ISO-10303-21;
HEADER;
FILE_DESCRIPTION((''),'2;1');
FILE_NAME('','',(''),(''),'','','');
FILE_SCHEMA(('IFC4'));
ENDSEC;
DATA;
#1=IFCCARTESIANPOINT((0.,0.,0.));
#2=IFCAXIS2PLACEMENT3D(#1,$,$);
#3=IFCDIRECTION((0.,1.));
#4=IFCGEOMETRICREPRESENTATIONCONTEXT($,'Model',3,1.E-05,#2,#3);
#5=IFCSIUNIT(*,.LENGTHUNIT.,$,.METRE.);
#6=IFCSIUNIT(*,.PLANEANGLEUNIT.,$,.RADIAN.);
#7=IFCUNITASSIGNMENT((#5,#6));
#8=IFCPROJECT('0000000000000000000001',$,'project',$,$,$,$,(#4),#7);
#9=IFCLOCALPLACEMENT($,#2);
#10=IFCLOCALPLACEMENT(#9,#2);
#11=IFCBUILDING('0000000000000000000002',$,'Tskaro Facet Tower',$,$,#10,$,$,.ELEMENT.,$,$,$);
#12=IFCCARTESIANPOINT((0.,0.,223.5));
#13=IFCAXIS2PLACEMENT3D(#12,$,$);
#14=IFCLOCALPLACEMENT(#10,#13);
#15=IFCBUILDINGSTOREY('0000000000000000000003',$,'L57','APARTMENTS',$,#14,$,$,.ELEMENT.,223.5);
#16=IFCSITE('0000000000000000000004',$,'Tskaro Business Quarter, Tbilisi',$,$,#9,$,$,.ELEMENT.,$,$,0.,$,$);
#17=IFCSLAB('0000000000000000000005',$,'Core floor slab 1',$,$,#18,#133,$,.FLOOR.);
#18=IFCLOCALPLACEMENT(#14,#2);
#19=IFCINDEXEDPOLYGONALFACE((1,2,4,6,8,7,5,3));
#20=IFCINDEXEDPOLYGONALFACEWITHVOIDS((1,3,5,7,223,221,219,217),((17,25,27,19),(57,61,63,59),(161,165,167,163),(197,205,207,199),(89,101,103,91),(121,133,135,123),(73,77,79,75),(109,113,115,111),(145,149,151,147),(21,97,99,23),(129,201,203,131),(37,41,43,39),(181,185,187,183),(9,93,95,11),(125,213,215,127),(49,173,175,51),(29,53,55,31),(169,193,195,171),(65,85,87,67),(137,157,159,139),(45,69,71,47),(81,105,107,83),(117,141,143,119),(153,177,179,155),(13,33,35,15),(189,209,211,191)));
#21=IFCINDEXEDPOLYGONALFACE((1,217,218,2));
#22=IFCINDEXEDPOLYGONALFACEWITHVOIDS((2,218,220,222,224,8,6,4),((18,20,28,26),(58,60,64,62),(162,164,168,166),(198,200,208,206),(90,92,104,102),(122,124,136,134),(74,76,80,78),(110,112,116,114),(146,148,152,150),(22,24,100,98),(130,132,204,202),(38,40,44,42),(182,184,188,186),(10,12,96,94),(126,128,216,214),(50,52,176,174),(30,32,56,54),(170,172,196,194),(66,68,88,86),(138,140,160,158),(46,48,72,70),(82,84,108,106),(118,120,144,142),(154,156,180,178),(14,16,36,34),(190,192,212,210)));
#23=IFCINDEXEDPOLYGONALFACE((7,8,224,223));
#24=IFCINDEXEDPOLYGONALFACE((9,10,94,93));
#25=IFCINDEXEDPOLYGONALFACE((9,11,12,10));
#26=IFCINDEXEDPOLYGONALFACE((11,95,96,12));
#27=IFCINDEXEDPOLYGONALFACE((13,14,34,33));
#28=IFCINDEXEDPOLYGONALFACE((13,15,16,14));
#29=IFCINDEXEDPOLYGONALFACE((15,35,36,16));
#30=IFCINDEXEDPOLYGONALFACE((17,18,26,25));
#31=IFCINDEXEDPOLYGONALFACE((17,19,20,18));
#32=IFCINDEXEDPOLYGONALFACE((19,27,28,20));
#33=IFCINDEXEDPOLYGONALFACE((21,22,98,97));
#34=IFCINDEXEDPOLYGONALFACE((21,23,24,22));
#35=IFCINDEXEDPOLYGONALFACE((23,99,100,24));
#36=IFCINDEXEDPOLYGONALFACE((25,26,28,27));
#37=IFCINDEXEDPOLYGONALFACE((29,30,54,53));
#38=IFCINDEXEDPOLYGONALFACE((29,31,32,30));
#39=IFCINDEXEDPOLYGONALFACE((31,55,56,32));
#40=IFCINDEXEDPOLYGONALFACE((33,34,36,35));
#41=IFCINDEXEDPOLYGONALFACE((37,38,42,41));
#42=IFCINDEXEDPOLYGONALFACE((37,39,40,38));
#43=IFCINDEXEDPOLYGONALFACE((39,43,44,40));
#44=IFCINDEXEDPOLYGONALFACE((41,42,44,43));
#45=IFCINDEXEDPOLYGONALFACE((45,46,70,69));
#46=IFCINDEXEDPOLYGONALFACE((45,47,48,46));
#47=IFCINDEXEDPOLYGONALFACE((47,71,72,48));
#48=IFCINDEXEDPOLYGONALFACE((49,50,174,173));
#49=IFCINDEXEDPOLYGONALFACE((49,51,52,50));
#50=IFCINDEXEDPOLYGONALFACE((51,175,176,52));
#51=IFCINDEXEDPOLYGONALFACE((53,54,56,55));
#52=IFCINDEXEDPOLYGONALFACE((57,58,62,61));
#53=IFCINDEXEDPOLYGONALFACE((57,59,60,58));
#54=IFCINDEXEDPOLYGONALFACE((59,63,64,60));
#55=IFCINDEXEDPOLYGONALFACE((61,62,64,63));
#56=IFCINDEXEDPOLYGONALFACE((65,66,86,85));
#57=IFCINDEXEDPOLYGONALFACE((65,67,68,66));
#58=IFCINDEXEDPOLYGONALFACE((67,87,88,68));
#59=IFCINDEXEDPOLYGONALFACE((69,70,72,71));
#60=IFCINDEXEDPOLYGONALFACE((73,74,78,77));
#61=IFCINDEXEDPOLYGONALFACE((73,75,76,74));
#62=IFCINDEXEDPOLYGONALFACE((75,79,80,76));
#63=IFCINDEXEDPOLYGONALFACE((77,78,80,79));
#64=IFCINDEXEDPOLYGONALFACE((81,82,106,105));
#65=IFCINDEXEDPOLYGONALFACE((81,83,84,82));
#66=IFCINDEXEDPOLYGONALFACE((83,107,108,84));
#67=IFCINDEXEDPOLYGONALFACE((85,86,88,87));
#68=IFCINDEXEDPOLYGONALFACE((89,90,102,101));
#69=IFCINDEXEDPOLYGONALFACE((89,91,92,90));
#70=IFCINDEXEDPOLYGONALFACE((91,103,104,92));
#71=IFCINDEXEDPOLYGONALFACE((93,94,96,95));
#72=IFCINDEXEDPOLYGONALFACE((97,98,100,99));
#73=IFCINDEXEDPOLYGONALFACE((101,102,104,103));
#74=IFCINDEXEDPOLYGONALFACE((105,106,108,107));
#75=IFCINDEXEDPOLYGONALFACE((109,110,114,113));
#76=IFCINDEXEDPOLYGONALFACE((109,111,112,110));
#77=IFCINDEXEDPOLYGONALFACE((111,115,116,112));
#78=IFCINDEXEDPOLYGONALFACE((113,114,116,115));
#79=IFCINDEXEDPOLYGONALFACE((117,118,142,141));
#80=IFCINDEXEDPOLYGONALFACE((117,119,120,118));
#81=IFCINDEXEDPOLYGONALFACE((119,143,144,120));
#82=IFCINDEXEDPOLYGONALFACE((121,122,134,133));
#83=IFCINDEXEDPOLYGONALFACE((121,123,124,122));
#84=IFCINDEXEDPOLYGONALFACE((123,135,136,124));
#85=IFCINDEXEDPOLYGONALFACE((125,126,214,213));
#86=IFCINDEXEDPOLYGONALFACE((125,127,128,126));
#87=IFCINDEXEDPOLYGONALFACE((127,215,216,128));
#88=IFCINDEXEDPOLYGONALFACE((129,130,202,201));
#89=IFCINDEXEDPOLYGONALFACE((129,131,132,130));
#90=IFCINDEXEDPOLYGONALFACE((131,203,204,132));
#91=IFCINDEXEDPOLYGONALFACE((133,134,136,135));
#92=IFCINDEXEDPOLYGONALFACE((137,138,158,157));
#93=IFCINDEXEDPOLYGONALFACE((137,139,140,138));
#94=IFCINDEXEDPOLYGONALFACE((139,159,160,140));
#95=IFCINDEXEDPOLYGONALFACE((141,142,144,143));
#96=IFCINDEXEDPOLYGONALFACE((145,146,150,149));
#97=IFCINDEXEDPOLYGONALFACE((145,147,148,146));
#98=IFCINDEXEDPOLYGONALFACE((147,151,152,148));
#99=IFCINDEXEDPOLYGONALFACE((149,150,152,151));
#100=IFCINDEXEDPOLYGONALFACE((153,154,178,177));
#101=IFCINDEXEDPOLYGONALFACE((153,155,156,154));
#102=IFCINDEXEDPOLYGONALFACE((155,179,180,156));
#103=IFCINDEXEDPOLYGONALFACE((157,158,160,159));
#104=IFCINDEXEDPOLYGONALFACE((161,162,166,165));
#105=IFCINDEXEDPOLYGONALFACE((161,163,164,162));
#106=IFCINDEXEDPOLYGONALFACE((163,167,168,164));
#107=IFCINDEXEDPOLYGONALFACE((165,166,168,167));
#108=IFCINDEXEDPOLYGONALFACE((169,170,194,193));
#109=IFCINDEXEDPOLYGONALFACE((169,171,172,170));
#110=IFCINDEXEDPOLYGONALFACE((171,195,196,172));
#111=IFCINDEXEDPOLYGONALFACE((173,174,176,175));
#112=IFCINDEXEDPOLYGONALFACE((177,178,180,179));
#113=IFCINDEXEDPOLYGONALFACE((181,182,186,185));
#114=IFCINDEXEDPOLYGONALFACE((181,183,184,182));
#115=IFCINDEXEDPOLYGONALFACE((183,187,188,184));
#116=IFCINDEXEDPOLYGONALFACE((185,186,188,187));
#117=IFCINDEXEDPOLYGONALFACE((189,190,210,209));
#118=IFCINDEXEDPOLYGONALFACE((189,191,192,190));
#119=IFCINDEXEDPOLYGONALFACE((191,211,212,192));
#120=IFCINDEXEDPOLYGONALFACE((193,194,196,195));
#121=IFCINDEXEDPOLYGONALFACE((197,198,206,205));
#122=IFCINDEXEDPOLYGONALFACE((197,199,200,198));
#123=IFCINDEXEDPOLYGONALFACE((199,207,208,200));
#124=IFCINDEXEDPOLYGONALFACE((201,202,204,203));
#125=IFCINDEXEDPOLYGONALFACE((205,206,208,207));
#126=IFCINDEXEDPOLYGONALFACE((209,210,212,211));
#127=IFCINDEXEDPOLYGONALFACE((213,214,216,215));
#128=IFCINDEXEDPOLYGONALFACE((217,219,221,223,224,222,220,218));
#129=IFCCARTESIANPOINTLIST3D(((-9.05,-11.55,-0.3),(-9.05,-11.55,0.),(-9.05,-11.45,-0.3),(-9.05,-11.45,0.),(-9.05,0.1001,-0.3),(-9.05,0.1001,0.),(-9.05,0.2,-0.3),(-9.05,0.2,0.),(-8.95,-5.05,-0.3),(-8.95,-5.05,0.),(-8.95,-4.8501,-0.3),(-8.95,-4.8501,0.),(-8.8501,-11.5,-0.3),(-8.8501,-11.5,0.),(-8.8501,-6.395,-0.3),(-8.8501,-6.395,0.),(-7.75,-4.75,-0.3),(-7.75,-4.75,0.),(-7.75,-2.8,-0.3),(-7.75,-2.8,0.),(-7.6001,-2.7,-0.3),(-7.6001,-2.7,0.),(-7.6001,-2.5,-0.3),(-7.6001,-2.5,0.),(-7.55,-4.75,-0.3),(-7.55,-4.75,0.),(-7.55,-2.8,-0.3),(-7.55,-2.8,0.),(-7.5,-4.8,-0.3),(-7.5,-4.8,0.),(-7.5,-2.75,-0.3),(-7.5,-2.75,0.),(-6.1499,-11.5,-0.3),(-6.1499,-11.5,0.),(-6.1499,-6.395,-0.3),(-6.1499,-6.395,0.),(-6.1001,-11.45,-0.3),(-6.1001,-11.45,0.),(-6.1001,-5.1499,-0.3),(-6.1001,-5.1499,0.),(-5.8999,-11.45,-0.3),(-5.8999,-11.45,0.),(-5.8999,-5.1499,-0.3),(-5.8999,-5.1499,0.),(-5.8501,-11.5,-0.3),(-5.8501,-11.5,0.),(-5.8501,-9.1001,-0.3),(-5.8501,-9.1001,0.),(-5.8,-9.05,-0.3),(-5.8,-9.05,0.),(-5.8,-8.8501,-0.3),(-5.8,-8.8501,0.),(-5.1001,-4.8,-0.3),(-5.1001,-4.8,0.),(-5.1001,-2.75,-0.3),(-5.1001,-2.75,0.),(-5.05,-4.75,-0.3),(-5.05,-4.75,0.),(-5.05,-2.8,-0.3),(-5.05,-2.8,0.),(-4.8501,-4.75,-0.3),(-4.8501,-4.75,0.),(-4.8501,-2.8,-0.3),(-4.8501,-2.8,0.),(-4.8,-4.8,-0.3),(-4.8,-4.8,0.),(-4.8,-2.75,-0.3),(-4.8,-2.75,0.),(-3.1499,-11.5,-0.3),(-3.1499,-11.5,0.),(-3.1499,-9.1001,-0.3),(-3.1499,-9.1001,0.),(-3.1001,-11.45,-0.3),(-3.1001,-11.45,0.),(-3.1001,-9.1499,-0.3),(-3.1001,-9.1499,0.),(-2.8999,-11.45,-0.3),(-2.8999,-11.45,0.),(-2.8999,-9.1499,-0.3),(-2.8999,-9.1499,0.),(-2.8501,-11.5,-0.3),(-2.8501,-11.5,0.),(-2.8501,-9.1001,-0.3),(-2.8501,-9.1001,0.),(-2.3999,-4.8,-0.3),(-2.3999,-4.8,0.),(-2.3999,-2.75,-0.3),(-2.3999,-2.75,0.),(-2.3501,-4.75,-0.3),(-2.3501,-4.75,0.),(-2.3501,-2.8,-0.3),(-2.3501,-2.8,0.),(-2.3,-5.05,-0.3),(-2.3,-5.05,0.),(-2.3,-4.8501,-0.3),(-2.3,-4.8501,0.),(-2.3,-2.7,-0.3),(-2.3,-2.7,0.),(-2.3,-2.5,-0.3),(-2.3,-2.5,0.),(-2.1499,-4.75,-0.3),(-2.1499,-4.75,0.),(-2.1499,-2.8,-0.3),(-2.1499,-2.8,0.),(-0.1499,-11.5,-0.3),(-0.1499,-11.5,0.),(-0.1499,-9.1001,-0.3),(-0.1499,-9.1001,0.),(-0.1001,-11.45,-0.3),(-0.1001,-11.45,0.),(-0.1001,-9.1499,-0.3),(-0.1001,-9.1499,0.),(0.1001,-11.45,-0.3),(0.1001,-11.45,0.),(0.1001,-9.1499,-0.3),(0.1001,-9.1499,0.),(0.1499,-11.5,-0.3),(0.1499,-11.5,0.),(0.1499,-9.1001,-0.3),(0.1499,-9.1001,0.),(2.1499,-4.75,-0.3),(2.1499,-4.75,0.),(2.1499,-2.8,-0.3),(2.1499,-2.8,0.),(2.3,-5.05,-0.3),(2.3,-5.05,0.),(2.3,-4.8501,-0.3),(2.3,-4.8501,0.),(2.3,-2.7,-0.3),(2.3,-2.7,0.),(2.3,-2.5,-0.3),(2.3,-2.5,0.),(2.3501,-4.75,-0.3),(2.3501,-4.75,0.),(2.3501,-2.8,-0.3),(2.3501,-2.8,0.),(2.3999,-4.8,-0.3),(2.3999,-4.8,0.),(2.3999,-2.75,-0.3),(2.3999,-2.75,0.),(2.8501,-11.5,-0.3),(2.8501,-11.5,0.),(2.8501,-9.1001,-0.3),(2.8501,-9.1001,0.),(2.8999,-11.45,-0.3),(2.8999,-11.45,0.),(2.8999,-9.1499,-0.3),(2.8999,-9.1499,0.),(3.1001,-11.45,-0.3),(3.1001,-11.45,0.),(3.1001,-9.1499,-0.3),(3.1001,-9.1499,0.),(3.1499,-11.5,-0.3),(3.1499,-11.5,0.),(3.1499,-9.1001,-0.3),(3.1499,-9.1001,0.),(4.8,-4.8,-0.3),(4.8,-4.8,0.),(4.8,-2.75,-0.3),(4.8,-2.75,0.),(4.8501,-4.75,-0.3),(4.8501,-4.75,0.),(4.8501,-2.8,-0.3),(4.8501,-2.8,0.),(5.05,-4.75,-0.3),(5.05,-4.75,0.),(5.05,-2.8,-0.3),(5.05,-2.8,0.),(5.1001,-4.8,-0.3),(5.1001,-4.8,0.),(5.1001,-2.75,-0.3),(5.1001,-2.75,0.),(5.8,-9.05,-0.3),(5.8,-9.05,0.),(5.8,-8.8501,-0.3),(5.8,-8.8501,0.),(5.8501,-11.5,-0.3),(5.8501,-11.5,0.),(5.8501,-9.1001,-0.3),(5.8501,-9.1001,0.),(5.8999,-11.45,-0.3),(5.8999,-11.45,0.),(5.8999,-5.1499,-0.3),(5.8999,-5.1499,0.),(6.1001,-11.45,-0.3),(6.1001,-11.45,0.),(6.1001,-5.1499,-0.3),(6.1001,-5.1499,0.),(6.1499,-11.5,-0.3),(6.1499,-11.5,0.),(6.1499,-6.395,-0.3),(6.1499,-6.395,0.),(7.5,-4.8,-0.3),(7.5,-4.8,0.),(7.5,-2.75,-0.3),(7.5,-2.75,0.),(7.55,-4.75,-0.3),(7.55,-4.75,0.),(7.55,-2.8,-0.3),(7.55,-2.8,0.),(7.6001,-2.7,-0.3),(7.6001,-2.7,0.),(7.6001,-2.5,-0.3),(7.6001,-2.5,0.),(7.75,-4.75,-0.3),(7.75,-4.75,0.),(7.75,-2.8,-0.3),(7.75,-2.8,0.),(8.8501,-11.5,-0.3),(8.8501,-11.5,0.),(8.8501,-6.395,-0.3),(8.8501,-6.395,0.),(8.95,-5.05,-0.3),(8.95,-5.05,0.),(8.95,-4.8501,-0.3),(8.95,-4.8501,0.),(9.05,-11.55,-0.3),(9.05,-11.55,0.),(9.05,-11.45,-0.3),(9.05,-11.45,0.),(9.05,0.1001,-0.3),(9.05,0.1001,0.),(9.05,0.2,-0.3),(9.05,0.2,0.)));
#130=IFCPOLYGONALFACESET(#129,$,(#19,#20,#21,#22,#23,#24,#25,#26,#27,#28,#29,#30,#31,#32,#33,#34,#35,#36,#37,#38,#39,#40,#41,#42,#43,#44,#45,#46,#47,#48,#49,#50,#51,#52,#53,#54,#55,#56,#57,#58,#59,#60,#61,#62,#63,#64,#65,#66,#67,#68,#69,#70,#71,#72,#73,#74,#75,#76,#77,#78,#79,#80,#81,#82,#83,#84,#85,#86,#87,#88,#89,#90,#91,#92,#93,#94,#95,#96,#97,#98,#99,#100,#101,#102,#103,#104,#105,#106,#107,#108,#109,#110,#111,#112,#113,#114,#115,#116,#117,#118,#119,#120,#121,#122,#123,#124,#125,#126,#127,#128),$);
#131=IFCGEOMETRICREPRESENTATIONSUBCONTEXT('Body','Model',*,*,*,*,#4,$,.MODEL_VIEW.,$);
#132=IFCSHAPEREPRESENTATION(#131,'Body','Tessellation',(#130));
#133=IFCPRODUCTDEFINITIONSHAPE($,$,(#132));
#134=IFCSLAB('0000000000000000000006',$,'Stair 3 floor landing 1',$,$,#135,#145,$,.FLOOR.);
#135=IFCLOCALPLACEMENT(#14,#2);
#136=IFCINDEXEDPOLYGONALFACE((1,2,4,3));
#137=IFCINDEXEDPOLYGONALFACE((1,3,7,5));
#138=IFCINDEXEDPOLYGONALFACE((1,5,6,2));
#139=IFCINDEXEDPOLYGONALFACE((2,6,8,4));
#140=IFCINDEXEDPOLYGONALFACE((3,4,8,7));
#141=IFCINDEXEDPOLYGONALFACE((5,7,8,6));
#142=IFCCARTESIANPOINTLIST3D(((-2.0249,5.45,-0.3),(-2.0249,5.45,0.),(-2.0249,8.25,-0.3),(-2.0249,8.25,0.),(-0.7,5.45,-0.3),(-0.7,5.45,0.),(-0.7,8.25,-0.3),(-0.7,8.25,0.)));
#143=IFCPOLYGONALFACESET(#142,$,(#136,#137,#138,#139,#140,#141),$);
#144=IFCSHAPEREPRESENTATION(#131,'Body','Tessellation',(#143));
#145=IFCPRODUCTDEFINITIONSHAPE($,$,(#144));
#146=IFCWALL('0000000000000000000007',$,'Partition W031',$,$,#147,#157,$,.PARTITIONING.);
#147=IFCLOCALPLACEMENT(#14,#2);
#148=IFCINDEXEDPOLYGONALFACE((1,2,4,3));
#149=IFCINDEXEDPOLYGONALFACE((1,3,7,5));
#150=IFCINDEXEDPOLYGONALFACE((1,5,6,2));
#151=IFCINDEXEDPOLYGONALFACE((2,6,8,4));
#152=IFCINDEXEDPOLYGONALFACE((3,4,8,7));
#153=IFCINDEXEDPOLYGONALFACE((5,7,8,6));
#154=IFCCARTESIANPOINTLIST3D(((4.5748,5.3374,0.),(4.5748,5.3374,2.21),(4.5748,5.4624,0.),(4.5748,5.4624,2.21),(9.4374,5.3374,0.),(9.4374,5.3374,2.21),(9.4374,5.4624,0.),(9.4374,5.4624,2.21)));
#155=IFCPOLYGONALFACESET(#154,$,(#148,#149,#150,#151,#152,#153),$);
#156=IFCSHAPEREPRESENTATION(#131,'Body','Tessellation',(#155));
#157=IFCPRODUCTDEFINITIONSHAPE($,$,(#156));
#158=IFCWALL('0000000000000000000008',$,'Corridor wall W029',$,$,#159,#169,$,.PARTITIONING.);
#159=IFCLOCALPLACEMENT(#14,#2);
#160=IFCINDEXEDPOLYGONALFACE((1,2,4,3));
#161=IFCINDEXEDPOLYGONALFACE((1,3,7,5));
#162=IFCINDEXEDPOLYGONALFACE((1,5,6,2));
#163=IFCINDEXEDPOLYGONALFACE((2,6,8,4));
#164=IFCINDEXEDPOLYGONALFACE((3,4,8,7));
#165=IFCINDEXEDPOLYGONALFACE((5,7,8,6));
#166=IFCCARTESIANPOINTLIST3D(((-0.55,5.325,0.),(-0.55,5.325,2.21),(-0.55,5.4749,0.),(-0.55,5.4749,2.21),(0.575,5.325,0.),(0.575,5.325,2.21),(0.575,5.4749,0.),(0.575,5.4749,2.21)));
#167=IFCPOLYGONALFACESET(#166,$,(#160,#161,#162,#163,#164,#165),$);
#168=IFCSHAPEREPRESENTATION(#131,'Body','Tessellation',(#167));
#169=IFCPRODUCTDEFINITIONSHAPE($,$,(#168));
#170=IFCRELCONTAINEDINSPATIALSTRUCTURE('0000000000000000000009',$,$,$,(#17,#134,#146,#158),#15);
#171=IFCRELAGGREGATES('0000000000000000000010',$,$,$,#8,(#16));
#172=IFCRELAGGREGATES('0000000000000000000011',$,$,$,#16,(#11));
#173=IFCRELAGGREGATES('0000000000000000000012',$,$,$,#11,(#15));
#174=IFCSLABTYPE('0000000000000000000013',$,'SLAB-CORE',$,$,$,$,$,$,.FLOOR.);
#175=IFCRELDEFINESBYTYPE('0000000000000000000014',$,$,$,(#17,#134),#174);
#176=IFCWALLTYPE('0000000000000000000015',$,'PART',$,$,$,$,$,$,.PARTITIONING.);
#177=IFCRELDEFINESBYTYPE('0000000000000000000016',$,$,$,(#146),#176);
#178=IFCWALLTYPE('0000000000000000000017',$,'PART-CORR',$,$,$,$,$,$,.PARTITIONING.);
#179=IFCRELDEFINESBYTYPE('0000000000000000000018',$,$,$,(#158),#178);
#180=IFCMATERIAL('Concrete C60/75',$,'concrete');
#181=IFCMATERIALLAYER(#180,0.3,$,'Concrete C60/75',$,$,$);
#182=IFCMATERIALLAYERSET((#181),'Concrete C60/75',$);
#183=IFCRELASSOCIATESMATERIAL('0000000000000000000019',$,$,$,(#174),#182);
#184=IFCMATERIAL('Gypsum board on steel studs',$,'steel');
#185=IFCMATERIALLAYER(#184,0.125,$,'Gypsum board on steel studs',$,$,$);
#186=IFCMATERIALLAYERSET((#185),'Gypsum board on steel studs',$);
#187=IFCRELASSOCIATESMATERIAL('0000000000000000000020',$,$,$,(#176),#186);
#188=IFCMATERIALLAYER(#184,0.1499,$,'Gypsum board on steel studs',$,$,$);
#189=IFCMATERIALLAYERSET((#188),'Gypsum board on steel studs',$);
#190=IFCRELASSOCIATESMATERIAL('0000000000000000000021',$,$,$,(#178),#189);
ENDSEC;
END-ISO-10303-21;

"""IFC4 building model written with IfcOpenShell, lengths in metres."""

from ifc_helpers import new_model, si_unit, direction, frame, frame_2d, origin, place, context, subcontext, project, spatial, polyline, rectangle, outline, extrude, material, layer, layer_set, type_object, element, save


model = new_model("IFC4")

# Units and contexts
model_context = context("Model", 3, precision=1e-05, world=origin(), true_north=direction((0.0, 1.0)))
body_context = subcontext(model_context, "Body", "Model", "MODEL_VIEW")
ifc_project = project(units=[si_unit("LENGTHUNIT", "METRE"), si_unit("PLANEANGLEUNIT", "RADIAN")], contexts=[model_context])

# Site, building, storey
site_placement = place(None, origin())
site = spatial("IfcSite", under=ifc_project, at=site_placement, Name="Tskaro Business Quarter, Tbilisi", CompositionType="ELEMENT", RefElevation=0.0)
building_placement = place(site_placement, origin())
building = spatial("IfcBuilding", under=site, at=building_placement, Name="Tskaro Facet Tower", CompositionType="ELEMENT")
storey_placement = place(building_placement, frame((0.0, 0.0, 223.5)))
storey = spatial("IfcBuildingStorey", under=building, at=storey_placement, Name="L57", Description="APARTMENTS", CompositionType="ELEMENT", Elevation=223.5)

# Slabs
ifc_material_1 = material(Name="Concrete C60/75", Category="concrete")
ifc_layer_1 = layer(ifc_material_1, 0.3, Name="Concrete C60/75")
ifc_layer_set_1 = layer_set([ifc_layer_1], Name="Concrete C60/75")
slab_type_1 = type_object("IfcSlabType", Name="SLAB-CORE", PredefinedType="FLOOR", material=ifc_layer_set_1)
slab_1_placement = place(storey_placement, frame((0.0, 0.0, -0.3)))
element("IfcSlab", 1, at=slab_1_placement, inside=storey, type_object=slab_type_1, Name="Core floor slab 1", PredefinedType="FLOOR", context=body_context, shape_type="SweptSolid", body=[
    extrude(outline(polyline([(-9.05, 0.2), (9.05, 0.2), (9.05, 0.1001), (9.05, -11.45), (9.05, -11.55), (-9.05, -11.55), (-9.05, -11.45), (-9.05, 0.1001), (-9.05, 0.2)]), holes=[polyline([(-5.8501, -9.1001), (-5.8501, -11.5), (-3.1499, -11.5), (-3.1499, -9.1001), (-5.8501, -9.1001)]), polyline([(-3.1001, -11.45), (-2.8999, -11.45), (-2.8999, -9.1499), (-3.1001, -9.1499), (-3.1001, -11.45)]), polyline([(-2.8501, -9.1001), (-2.8501, -11.5), (-0.1499, -11.5), (-0.1499, -9.1001), (-2.8501, -9.1001)]), polyline([(-6.1001, -11.45), (-5.8999, -11.45), (-5.8999, -5.1499), (-6.1001, -5.1499), (-6.1001, -11.45)]), polyline([(-8.95, -5.05), (-2.3, -5.05), (-2.3, -4.8501), (-8.95, -4.8501), (-8.95, -5.05)]), polyline([(-7.75, -4.75), (-7.55, -4.75), (-7.55, -2.8), (-7.75, -2.8), (-7.75, -4.75)]), polyline([(-5.1001, -2.75), (-7.5, -2.75), (-7.5, -4.8), (-5.1001, -4.8), (-5.1001, -2.75)]), polyline([(-5.05, -4.75), (-4.8501, -4.75), (-4.8501, -2.8), (-5.05, -2.8), (-5.05, -4.75)]), polyline([(-2.3999, -4.8), (-2.3999, -2.75), (-4.8, -2.75), (-4.8, -4.8), (-2.3999, -4.8)]), polyline([(-2.3501, -4.75), (-2.1499, -4.75), (-2.1499, -2.8), (-2.3501, -2.8), (-2.3501, -4.75)]), polyline([(-7.6001, -2.7), (-2.3, -2.7), (-2.3, -2.5), (-7.6001, -2.5), (-7.6001, -2.7)]), polyline([(-0.1001, -11.45), (0.1001, -11.45), (0.1001, -9.1499), (-0.1001, -9.1499), (-0.1001, -11.45)]), polyline([(0.1499, -9.1001), (0.1499, -11.5), (2.8501, -11.5), (2.8501, -9.1001), (0.1499, -9.1001)]), polyline([(2.8999, -11.45), (3.1001, -11.45), (3.1001, -9.1499), (2.8999, -9.1499), (2.8999, -11.45)]), polyline([(3.1499, -9.1001), (3.1499, -11.5), (5.8501, -11.5), (5.8501, -9.1001), (3.1499, -9.1001)]), polyline([(-5.8, -9.05), (5.8, -9.05), (5.8, -8.8501), (-5.8, -8.8501), (-5.8, -9.05)]), polyline([(5.8999, -11.45), (6.1001, -11.45), (6.1001, -5.1499), (5.8999, -5.1499), (5.8999, -11.45)]), polyline([(2.3, -5.05), (8.95, -5.05), (8.95, -4.8501), (2.3, -4.8501), (2.3, -5.05)]), polyline([(2.1499, -4.75), (2.3501, -4.75), (2.3501, -2.8), (2.1499, -2.8), (2.1499, -4.75)]), polyline([(2.3999, -2.75), (2.3999, -4.8), (4.8, -4.8), (4.8, -2.75), (2.3999, -2.75)]), polyline([(4.8501, -4.75), (5.05, -4.75), (5.05, -2.8), (4.8501, -2.8), (4.8501, -4.75)]), polyline([(7.5, -4.8), (7.5, -2.75), (5.1001, -2.75), (5.1001, -4.8), (7.5, -4.8)]), polyline([(7.55, -4.75), (7.75, -4.75), (7.75, -2.8), (7.55, -2.8), (7.55, -4.75)]), polyline([(2.3, -2.7), (7.6001, -2.7), (7.6001, -2.5), (2.3, -2.5), (2.3, -2.7)]), polyline([(-8.8501, -11.5), (-6.1499, -11.5), (-6.1499, -6.395), (-8.8501, -6.395), (-8.8501, -11.5)]), polyline([(6.1499, -6.395), (6.1499, -11.5), (8.8501, -11.5), (8.8501, -6.395), (6.1499, -6.395)])]), origin(), (0.0, 0.0, 1.0), 0.3),
])
slab_2_placement = place(storey_placement, frame((0.0, 0.0, -0.3)))
element("IfcSlab", 2, at=slab_2_placement, inside=storey, type_object=slab_type_1, Name="Stair 3 floor landing 1", PredefinedType="FLOOR", context=body_context, shape_type="SweptSolid", body=[
    extrude(outline(polyline([(-2.0249, 5.45), (-0.7, 5.45), (-0.7, 8.25), (-2.0249, 8.25), (-2.0249, 5.45)])), origin(), (0.0, 0.0, 1.0), 0.3),
])

# Walls
ifc_material_2 = material(Name="Gypsum board on steel studs", Category="steel")
ifc_layer_2 = layer(ifc_material_2, 0.125, Name="Gypsum board on steel studs")
ifc_layer_set_2 = layer_set([ifc_layer_2], Name="Gypsum board on steel studs")
wall_type_1 = type_object("IfcWallType", Name="PART", PredefinedType="PARTITIONING", material=ifc_layer_set_2)
wall_1_placement = place(storey_placement, frame((4.575, 5.3999, 0.0), z_axis=(0.0, 0.0, 1.0), x_axis=(1.0, 0.0, 0.0)))
element("IfcWall", 3, at=wall_1_placement, inside=storey, type_object=wall_type_1, Name="Partition W031", PredefinedType="PARTITIONING", context=body_context, shape_type="SweptSolid", body=[
    extrude(rectangle(XDim=4.8625, YDim=0.125, at=frame_2d((2.4312, 0.0))), origin(), (0.0, 0.0, 1.0), 2.21),
])
ifc_layer_3 = layer(ifc_material_2, 0.1499, Name="Gypsum board on steel studs")
ifc_layer_set_3 = layer_set([ifc_layer_3], Name="Gypsum board on steel studs")
wall_type_2 = type_object("IfcWallType", Name="PART-CORR", PredefinedType="PARTITIONING", material=ifc_layer_set_3)
wall_2_placement = place(storey_placement, frame((-0.55, 5.3999, 0.0), z_axis=(0.0, 0.0, 1.0), x_axis=(1.0, 0.0, 0.0)))
element("IfcWall", 4, at=wall_2_placement, inside=storey, type_object=wall_type_2, Name="Corridor wall W029", PredefinedType="PARTITIONING", context=body_context, shape_type="SweptSolid", body=[
    extrude(rectangle(XDim=1.125, YDim=0.1499, at=frame_2d((0.5625, 0.0))), origin(), (0.0, 0.0, 1.0), 2.21),
])

save(model, "model.ifc")
